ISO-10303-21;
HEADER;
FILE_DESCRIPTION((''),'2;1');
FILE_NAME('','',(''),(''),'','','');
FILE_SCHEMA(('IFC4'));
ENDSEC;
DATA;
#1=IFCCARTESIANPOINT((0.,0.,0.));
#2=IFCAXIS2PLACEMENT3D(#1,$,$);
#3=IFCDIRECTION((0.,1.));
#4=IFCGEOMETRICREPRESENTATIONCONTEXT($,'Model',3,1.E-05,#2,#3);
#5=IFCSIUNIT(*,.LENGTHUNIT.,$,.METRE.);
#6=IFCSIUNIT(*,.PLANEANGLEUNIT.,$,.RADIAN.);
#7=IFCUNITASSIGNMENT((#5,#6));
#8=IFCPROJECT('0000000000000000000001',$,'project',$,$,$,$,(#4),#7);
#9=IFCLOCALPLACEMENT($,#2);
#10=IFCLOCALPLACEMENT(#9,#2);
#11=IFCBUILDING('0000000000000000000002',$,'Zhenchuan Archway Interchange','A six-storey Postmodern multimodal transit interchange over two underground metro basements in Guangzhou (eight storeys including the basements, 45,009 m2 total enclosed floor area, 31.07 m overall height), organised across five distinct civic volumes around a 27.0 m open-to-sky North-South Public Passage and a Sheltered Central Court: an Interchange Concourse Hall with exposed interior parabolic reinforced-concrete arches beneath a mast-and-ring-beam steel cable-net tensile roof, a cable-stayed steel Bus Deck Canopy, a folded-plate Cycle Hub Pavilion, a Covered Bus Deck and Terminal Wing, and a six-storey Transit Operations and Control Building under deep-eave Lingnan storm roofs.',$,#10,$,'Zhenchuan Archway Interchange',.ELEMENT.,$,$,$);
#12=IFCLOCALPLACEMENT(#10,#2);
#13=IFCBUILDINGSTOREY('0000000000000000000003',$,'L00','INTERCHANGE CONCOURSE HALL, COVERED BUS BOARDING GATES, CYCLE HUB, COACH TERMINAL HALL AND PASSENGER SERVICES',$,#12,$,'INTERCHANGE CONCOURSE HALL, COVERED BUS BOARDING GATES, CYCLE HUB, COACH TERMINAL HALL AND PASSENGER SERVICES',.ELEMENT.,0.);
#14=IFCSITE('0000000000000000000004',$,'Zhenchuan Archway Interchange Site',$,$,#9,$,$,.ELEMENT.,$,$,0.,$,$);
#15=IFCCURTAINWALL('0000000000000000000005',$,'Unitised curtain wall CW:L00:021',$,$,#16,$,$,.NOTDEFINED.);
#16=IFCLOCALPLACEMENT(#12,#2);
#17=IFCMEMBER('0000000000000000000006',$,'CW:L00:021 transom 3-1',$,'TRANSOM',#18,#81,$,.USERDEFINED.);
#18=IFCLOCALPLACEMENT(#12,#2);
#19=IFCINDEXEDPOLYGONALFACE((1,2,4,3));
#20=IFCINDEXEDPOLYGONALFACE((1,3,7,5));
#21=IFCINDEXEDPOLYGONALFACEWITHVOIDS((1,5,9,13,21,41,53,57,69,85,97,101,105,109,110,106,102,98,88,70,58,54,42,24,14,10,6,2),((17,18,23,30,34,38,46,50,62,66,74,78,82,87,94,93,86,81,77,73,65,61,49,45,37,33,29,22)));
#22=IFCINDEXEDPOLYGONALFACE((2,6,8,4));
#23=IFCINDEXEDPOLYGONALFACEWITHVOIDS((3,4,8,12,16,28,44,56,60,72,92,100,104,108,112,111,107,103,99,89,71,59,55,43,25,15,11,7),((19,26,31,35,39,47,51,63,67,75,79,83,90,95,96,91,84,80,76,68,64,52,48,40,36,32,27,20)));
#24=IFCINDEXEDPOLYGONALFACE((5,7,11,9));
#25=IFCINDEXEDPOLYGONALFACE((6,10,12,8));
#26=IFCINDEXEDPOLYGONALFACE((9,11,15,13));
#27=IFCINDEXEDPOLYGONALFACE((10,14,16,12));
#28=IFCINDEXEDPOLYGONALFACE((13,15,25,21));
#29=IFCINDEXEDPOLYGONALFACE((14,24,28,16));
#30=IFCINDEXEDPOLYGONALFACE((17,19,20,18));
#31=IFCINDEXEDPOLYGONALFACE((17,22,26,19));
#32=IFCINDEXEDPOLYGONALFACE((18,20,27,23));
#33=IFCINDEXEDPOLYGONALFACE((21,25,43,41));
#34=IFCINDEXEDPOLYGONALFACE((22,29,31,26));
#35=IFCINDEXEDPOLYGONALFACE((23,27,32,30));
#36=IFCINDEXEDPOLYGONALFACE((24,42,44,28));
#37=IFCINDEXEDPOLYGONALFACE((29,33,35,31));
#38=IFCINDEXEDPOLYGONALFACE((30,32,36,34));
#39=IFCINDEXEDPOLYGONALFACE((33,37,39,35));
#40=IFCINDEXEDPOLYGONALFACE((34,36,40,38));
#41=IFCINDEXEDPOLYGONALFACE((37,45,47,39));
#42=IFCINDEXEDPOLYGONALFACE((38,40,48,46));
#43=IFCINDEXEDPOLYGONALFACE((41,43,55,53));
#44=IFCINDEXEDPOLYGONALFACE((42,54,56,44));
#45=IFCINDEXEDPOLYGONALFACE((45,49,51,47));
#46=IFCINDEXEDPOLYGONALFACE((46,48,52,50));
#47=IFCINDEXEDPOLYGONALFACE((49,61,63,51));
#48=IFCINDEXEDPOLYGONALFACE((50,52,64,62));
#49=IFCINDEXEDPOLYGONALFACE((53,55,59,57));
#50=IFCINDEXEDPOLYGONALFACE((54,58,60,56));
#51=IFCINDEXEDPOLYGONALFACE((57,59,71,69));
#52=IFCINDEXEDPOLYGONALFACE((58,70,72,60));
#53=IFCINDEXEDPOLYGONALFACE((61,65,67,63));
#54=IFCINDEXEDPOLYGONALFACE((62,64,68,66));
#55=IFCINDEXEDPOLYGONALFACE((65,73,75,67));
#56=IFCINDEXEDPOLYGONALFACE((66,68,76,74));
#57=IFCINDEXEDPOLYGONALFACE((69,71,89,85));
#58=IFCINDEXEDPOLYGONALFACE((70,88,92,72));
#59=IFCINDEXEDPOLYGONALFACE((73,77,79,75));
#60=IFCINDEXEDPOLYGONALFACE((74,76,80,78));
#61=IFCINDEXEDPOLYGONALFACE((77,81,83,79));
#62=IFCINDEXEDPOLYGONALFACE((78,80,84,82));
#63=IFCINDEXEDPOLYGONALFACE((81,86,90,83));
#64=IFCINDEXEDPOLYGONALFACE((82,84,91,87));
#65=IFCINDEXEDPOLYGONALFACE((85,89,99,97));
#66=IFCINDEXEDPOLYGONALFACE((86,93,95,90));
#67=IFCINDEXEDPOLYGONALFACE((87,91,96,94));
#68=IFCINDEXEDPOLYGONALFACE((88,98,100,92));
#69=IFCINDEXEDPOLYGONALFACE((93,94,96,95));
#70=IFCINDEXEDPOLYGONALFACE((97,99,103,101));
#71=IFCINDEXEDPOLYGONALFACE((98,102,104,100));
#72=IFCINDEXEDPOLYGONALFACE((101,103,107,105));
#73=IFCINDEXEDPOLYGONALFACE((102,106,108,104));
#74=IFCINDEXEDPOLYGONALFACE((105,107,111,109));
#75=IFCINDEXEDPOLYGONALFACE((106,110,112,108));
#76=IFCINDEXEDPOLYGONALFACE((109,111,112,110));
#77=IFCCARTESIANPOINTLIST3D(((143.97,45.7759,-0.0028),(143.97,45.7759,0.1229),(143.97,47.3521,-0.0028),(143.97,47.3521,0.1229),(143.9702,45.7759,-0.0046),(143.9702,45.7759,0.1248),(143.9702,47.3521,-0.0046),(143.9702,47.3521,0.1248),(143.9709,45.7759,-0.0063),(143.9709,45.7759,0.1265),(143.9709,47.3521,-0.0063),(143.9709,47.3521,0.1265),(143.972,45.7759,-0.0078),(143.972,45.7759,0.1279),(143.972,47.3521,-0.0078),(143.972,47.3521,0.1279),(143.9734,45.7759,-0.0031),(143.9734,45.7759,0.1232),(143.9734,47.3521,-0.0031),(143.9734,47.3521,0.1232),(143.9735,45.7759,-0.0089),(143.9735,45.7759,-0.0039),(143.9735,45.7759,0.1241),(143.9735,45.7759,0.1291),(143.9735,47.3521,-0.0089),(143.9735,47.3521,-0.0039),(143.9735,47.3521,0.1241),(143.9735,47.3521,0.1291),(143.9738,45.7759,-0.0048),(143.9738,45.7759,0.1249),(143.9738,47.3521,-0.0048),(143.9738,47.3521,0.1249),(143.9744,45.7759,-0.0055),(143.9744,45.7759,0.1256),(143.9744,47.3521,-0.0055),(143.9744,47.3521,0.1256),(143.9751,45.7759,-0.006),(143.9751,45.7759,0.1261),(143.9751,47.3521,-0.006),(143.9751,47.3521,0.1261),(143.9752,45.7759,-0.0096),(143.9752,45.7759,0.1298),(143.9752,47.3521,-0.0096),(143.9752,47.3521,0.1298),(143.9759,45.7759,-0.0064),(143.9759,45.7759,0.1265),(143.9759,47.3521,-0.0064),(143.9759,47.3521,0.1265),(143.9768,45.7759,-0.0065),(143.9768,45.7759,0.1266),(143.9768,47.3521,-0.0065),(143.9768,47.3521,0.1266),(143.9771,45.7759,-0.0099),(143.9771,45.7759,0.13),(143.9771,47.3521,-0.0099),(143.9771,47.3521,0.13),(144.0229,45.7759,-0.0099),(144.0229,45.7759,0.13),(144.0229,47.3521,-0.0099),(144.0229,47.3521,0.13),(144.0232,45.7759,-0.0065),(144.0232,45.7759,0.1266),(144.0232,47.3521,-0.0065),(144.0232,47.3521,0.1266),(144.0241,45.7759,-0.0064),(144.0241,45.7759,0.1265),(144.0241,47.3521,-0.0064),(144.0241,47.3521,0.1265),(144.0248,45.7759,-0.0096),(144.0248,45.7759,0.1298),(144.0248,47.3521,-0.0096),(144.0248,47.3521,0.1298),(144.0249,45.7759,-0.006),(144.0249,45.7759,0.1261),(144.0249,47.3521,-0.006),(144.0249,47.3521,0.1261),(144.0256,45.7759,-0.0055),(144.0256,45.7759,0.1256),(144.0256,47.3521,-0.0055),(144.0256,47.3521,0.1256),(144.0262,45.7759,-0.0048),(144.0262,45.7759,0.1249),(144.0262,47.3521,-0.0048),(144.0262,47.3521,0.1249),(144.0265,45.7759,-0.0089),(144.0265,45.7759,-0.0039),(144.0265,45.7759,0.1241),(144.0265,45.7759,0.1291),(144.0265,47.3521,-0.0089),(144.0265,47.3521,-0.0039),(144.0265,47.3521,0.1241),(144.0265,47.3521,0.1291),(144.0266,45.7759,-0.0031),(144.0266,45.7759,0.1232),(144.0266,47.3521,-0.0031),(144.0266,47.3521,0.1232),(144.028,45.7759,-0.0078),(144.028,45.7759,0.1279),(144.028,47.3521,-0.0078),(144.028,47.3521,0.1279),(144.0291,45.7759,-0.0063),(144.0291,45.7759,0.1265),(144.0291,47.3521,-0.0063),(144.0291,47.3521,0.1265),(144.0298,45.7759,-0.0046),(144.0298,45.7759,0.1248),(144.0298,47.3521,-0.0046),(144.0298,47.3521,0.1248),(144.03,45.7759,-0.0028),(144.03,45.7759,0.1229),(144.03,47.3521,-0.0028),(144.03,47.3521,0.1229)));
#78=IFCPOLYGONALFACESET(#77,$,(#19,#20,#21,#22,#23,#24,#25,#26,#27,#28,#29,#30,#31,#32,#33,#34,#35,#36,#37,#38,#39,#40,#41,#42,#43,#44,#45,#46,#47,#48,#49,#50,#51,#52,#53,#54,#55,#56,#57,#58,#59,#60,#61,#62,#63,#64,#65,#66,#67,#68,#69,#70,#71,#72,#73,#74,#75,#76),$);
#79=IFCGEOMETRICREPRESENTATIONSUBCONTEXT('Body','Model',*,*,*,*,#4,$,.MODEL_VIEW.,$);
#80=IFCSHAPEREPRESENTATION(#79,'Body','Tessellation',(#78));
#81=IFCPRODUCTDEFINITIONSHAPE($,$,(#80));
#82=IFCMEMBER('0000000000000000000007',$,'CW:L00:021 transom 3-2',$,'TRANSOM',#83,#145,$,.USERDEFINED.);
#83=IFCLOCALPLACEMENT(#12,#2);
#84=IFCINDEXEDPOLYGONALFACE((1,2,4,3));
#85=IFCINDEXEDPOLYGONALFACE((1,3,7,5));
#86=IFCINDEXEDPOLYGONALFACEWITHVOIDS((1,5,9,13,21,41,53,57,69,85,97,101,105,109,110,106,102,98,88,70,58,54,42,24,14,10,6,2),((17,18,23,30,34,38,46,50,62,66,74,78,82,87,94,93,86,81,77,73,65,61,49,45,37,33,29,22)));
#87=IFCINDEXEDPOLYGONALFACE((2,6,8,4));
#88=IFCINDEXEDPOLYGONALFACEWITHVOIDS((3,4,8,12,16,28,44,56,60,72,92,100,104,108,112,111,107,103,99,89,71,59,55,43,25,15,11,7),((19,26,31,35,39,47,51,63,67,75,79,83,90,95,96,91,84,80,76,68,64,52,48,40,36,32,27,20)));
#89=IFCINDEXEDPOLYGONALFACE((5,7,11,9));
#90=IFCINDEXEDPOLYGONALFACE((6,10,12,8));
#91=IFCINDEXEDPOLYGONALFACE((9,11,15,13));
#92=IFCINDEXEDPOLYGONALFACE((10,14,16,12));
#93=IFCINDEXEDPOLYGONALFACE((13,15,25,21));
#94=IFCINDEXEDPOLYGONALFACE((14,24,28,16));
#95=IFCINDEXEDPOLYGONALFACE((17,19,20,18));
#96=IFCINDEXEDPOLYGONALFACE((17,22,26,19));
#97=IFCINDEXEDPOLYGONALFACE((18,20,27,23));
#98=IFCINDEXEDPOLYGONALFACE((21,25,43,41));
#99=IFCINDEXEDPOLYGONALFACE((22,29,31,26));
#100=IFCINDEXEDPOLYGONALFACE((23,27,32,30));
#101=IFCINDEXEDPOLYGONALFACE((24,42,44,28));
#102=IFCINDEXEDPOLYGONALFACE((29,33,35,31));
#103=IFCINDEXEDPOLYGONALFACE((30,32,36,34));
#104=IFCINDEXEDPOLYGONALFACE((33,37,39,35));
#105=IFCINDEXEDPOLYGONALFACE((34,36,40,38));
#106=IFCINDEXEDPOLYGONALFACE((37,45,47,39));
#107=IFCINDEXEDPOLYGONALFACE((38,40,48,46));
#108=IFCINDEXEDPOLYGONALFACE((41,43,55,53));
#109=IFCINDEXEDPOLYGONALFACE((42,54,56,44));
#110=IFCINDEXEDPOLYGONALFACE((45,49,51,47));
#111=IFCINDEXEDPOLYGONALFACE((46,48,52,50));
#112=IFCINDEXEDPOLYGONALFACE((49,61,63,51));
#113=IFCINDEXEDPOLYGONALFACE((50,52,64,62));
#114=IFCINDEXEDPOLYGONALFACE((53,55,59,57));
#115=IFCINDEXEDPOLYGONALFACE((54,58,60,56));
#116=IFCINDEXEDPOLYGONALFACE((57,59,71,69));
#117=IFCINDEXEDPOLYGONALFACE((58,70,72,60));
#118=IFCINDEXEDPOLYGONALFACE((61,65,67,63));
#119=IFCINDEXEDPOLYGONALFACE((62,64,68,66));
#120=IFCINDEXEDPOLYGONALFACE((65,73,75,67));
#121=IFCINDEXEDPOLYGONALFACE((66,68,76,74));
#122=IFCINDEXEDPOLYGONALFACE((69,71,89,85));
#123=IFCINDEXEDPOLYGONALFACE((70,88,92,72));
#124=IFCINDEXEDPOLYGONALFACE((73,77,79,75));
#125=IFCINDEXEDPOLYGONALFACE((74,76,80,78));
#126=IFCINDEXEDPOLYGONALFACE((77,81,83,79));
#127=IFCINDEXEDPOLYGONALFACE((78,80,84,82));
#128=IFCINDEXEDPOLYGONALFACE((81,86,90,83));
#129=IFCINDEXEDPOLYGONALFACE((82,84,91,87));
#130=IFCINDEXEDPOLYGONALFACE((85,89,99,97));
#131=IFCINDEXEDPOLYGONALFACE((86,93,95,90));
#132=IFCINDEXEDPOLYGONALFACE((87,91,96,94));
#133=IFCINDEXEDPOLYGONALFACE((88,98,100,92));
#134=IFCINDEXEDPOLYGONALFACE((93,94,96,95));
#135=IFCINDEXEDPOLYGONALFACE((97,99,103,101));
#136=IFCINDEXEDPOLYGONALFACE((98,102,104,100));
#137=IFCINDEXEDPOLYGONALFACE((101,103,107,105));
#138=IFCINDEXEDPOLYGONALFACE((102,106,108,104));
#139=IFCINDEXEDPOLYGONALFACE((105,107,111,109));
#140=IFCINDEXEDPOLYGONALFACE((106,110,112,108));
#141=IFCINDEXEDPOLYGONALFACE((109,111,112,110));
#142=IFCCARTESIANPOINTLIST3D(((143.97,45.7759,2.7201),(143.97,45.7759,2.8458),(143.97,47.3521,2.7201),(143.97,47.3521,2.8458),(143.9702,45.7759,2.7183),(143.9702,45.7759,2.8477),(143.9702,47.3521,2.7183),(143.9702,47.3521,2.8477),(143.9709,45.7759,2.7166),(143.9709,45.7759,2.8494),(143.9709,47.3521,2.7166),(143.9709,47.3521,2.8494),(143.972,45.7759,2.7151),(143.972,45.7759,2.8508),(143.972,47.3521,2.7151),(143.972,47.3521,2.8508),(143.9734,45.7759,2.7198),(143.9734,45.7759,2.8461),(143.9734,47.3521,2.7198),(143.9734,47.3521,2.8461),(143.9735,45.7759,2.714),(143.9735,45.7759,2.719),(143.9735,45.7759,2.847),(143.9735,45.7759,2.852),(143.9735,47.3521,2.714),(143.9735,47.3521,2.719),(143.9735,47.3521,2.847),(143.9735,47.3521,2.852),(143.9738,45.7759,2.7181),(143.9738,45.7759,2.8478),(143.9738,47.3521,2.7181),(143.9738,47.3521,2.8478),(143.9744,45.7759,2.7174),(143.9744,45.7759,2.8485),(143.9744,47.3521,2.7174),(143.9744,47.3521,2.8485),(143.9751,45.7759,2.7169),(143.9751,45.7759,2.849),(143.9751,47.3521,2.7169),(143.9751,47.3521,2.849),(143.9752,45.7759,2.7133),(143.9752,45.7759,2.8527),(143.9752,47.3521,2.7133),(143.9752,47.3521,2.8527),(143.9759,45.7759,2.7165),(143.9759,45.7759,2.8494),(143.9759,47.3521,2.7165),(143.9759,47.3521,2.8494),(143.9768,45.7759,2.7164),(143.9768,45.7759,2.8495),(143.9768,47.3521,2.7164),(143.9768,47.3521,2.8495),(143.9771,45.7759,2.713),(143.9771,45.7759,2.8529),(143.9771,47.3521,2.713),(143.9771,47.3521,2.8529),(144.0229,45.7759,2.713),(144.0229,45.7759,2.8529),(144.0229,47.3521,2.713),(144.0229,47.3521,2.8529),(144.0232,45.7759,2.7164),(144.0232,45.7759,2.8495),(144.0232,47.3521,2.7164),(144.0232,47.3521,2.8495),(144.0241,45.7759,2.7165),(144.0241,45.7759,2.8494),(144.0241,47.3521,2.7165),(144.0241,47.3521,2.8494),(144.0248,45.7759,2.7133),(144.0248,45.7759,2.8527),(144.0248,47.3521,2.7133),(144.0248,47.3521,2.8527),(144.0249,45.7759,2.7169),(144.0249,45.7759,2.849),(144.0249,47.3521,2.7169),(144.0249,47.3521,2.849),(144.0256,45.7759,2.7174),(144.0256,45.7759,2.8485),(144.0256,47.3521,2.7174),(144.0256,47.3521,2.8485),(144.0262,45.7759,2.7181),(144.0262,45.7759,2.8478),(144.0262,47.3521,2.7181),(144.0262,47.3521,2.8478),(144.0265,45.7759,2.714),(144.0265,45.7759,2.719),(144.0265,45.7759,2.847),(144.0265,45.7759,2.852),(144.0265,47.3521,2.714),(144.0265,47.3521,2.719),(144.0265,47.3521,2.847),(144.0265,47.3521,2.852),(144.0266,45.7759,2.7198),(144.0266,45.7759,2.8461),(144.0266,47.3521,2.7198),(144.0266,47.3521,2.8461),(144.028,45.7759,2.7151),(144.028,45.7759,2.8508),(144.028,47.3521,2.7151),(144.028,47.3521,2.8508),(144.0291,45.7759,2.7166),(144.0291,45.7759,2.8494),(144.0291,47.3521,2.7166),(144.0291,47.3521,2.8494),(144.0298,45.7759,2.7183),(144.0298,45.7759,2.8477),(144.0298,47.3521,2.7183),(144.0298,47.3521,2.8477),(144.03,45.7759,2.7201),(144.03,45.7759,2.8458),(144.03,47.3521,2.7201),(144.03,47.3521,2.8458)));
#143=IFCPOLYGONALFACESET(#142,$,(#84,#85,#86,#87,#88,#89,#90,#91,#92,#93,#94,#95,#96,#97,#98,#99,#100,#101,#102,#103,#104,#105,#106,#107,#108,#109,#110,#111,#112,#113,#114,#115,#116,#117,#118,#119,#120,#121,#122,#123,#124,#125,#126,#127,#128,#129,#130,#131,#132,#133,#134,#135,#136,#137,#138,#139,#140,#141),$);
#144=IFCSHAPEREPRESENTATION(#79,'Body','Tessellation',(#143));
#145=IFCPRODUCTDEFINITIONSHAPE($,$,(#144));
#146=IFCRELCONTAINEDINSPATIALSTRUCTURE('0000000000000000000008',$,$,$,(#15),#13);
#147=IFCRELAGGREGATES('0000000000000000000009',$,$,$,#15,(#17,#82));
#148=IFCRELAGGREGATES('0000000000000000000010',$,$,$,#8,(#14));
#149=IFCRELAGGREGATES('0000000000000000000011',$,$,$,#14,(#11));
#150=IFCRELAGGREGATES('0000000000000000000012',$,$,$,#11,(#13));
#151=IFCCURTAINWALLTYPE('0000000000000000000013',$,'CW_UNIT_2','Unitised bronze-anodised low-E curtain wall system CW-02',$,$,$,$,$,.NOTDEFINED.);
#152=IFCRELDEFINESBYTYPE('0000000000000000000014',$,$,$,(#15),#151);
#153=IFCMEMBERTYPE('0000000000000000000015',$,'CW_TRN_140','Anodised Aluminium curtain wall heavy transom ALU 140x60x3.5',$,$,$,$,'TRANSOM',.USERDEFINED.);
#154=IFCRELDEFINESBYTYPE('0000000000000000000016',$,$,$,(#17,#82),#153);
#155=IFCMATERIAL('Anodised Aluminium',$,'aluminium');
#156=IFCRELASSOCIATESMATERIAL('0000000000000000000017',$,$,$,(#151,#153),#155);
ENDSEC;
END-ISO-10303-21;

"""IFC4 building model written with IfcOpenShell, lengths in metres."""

from ifc_helpers import new_model, si_unit, direction, frame, origin, origin_2d, place, context, subcontext, project, spatial, hollow_rectangle, extrude, material, material_profile, profile_set, type_object, element, aggregate, save


model = new_model("IFC4")

# Units and contexts
model_context = context("Model", 3, precision=1e-05, world=origin(), true_north=direction((0.0, 1.0)))
body_context = subcontext(model_context, "Body", "Model", "MODEL_VIEW")
ifc_project = project(units=[si_unit("LENGTHUNIT", "METRE"), si_unit("PLANEANGLEUNIT", "RADIAN")], contexts=[model_context])

# Site, building, storey
site_placement = place(None, origin())
site = spatial("IfcSite", under=ifc_project, at=site_placement, Name="Zhenchuan Archway Interchange Site", CompositionType="ELEMENT", RefElevation=0.0)
building_placement = place(site_placement, origin())
building = spatial("IfcBuilding", under=site, at=building_placement, Name="Zhenchuan Archway Interchange", Description="A six-storey Postmodern multimodal transit interchange over two underground metro basements in Guangzhou (eight storeys including the basements, 45,009 m2 total enclosed floor area, 31.07 m overall height), organised across five distinct civic volumes around a 27.0 m open-to-sky North-South Public Passage and a Sheltered Central Court: an Interchange Concourse Hall with exposed interior parabolic reinforced-concrete arches beneath a mast-and-ring-beam steel cable-net tensile roof, a cable-stayed steel Bus Deck Canopy, a folded-plate Cycle Hub Pavilion, a Covered Bus Deck and Terminal Wing, and a six-storey Transit Operations and Control Building under deep-eave Lingnan storm roofs.", LongName="Zhenchuan Archway Interchange", CompositionType="ELEMENT")
storey_placement = place(building_placement, origin())
storey = spatial("IfcBuildingStorey", under=building, at=storey_placement, Name="L00", Description="INTERCHANGE CONCOURSE HALL, COVERED BUS BOARDING GATES, CYCLE HUB, COACH TERMINAL HALL AND PASSENGER SERVICES", LongName="INTERCHANGE CONCOURSE HALL, COVERED BUS BOARDING GATES, CYCLE HUB, COACH TERMINAL HALL AND PASSENGER SERVICES", CompositionType="ELEMENT", Elevation=0.0)

# Curtain wall, members
ifc_material_1 = material(Name="Anodised Aluminium", Category="aluminium")
curtain_wall_type = type_object("IfcCurtainWallType", Name="CW_UNIT_2", Description="Unitised bronze-anodised low-E curtain wall system CW-02", PredefinedType="NOTDEFINED", material=ifc_material_1)
curtain_wall_placement = place(storey_placement, origin())
curtain_wall = element("IfcCurtainWall", 1, at=curtain_wall_placement, inside=storey, type_object=curtain_wall_type, Name="Unitised curtain wall CW:L00:021", PredefinedType="NOTDEFINED")
ifc_material_profile_1 = material_profile(ifc_material_1, hollow_rectangle(XDim=0.0601, YDim=0.1399, WallThickness=0.0034, InnerFilletRadius=0.0034, OuterFilletRadius=0.0071, at=origin_2d()), Name="ALU 140x60x3.5")
ifc_profile_set_1 = profile_set([ifc_material_profile_1], Name="Anodised Aluminium")
member_type_1 = type_object("IfcMemberType", Name="CW_TRN_140", Description="Anodised Aluminium curtain wall heavy transom ALU 140x60x3.5", ElementType="TRANSOM", PredefinedType="USERDEFINED", material=ifc_profile_set_1)
member_1_placement = place(storey_placement, frame((144.0, 45.7759, 0.0601), z_axis=(0.0, 1.0, 0.0), x_axis=(-1.0, 0.0, 0.0)))
member_1 = element("IfcMember", 2, at=member_1_placement, type_object=member_type_1, Name="CW:L00:021 transom 3-1", ObjectType="TRANSOM", PredefinedType="USERDEFINED", context=body_context, shape_type="SweptSolid", body=[
    extrude(hollow_rectangle(XDim=0.0601, YDim=0.1399, WallThickness=0.0034, InnerFilletRadius=0.0034, OuterFilletRadius=0.0071, at=origin_2d()), origin(), (0.0, 0.0, 1.0), 1.5762),
])
member_2_placement = place(storey_placement, frame((144.0, 45.7759, 2.783), z_axis=(0.0, 1.0, 0.0), x_axis=(-1.0, 0.0, 0.0)))
member_2 = element("IfcMember", 3, at=member_2_placement, type_object=member_type_1, Name="CW:L00:021 transom 3-2", ObjectType="TRANSOM", PredefinedType="USERDEFINED", context=body_context, shape_type="SweptSolid", body=[
    extrude(hollow_rectangle(XDim=0.0601, YDim=0.1399, WallThickness=0.0034, InnerFilletRadius=0.0034, OuterFilletRadius=0.0071, at=origin_2d()), origin(), (0.0, 0.0, 1.0), 1.5762),
])
aggregate(curtain_wall, [member_1, member_2])

save(model, "model.ifc")
